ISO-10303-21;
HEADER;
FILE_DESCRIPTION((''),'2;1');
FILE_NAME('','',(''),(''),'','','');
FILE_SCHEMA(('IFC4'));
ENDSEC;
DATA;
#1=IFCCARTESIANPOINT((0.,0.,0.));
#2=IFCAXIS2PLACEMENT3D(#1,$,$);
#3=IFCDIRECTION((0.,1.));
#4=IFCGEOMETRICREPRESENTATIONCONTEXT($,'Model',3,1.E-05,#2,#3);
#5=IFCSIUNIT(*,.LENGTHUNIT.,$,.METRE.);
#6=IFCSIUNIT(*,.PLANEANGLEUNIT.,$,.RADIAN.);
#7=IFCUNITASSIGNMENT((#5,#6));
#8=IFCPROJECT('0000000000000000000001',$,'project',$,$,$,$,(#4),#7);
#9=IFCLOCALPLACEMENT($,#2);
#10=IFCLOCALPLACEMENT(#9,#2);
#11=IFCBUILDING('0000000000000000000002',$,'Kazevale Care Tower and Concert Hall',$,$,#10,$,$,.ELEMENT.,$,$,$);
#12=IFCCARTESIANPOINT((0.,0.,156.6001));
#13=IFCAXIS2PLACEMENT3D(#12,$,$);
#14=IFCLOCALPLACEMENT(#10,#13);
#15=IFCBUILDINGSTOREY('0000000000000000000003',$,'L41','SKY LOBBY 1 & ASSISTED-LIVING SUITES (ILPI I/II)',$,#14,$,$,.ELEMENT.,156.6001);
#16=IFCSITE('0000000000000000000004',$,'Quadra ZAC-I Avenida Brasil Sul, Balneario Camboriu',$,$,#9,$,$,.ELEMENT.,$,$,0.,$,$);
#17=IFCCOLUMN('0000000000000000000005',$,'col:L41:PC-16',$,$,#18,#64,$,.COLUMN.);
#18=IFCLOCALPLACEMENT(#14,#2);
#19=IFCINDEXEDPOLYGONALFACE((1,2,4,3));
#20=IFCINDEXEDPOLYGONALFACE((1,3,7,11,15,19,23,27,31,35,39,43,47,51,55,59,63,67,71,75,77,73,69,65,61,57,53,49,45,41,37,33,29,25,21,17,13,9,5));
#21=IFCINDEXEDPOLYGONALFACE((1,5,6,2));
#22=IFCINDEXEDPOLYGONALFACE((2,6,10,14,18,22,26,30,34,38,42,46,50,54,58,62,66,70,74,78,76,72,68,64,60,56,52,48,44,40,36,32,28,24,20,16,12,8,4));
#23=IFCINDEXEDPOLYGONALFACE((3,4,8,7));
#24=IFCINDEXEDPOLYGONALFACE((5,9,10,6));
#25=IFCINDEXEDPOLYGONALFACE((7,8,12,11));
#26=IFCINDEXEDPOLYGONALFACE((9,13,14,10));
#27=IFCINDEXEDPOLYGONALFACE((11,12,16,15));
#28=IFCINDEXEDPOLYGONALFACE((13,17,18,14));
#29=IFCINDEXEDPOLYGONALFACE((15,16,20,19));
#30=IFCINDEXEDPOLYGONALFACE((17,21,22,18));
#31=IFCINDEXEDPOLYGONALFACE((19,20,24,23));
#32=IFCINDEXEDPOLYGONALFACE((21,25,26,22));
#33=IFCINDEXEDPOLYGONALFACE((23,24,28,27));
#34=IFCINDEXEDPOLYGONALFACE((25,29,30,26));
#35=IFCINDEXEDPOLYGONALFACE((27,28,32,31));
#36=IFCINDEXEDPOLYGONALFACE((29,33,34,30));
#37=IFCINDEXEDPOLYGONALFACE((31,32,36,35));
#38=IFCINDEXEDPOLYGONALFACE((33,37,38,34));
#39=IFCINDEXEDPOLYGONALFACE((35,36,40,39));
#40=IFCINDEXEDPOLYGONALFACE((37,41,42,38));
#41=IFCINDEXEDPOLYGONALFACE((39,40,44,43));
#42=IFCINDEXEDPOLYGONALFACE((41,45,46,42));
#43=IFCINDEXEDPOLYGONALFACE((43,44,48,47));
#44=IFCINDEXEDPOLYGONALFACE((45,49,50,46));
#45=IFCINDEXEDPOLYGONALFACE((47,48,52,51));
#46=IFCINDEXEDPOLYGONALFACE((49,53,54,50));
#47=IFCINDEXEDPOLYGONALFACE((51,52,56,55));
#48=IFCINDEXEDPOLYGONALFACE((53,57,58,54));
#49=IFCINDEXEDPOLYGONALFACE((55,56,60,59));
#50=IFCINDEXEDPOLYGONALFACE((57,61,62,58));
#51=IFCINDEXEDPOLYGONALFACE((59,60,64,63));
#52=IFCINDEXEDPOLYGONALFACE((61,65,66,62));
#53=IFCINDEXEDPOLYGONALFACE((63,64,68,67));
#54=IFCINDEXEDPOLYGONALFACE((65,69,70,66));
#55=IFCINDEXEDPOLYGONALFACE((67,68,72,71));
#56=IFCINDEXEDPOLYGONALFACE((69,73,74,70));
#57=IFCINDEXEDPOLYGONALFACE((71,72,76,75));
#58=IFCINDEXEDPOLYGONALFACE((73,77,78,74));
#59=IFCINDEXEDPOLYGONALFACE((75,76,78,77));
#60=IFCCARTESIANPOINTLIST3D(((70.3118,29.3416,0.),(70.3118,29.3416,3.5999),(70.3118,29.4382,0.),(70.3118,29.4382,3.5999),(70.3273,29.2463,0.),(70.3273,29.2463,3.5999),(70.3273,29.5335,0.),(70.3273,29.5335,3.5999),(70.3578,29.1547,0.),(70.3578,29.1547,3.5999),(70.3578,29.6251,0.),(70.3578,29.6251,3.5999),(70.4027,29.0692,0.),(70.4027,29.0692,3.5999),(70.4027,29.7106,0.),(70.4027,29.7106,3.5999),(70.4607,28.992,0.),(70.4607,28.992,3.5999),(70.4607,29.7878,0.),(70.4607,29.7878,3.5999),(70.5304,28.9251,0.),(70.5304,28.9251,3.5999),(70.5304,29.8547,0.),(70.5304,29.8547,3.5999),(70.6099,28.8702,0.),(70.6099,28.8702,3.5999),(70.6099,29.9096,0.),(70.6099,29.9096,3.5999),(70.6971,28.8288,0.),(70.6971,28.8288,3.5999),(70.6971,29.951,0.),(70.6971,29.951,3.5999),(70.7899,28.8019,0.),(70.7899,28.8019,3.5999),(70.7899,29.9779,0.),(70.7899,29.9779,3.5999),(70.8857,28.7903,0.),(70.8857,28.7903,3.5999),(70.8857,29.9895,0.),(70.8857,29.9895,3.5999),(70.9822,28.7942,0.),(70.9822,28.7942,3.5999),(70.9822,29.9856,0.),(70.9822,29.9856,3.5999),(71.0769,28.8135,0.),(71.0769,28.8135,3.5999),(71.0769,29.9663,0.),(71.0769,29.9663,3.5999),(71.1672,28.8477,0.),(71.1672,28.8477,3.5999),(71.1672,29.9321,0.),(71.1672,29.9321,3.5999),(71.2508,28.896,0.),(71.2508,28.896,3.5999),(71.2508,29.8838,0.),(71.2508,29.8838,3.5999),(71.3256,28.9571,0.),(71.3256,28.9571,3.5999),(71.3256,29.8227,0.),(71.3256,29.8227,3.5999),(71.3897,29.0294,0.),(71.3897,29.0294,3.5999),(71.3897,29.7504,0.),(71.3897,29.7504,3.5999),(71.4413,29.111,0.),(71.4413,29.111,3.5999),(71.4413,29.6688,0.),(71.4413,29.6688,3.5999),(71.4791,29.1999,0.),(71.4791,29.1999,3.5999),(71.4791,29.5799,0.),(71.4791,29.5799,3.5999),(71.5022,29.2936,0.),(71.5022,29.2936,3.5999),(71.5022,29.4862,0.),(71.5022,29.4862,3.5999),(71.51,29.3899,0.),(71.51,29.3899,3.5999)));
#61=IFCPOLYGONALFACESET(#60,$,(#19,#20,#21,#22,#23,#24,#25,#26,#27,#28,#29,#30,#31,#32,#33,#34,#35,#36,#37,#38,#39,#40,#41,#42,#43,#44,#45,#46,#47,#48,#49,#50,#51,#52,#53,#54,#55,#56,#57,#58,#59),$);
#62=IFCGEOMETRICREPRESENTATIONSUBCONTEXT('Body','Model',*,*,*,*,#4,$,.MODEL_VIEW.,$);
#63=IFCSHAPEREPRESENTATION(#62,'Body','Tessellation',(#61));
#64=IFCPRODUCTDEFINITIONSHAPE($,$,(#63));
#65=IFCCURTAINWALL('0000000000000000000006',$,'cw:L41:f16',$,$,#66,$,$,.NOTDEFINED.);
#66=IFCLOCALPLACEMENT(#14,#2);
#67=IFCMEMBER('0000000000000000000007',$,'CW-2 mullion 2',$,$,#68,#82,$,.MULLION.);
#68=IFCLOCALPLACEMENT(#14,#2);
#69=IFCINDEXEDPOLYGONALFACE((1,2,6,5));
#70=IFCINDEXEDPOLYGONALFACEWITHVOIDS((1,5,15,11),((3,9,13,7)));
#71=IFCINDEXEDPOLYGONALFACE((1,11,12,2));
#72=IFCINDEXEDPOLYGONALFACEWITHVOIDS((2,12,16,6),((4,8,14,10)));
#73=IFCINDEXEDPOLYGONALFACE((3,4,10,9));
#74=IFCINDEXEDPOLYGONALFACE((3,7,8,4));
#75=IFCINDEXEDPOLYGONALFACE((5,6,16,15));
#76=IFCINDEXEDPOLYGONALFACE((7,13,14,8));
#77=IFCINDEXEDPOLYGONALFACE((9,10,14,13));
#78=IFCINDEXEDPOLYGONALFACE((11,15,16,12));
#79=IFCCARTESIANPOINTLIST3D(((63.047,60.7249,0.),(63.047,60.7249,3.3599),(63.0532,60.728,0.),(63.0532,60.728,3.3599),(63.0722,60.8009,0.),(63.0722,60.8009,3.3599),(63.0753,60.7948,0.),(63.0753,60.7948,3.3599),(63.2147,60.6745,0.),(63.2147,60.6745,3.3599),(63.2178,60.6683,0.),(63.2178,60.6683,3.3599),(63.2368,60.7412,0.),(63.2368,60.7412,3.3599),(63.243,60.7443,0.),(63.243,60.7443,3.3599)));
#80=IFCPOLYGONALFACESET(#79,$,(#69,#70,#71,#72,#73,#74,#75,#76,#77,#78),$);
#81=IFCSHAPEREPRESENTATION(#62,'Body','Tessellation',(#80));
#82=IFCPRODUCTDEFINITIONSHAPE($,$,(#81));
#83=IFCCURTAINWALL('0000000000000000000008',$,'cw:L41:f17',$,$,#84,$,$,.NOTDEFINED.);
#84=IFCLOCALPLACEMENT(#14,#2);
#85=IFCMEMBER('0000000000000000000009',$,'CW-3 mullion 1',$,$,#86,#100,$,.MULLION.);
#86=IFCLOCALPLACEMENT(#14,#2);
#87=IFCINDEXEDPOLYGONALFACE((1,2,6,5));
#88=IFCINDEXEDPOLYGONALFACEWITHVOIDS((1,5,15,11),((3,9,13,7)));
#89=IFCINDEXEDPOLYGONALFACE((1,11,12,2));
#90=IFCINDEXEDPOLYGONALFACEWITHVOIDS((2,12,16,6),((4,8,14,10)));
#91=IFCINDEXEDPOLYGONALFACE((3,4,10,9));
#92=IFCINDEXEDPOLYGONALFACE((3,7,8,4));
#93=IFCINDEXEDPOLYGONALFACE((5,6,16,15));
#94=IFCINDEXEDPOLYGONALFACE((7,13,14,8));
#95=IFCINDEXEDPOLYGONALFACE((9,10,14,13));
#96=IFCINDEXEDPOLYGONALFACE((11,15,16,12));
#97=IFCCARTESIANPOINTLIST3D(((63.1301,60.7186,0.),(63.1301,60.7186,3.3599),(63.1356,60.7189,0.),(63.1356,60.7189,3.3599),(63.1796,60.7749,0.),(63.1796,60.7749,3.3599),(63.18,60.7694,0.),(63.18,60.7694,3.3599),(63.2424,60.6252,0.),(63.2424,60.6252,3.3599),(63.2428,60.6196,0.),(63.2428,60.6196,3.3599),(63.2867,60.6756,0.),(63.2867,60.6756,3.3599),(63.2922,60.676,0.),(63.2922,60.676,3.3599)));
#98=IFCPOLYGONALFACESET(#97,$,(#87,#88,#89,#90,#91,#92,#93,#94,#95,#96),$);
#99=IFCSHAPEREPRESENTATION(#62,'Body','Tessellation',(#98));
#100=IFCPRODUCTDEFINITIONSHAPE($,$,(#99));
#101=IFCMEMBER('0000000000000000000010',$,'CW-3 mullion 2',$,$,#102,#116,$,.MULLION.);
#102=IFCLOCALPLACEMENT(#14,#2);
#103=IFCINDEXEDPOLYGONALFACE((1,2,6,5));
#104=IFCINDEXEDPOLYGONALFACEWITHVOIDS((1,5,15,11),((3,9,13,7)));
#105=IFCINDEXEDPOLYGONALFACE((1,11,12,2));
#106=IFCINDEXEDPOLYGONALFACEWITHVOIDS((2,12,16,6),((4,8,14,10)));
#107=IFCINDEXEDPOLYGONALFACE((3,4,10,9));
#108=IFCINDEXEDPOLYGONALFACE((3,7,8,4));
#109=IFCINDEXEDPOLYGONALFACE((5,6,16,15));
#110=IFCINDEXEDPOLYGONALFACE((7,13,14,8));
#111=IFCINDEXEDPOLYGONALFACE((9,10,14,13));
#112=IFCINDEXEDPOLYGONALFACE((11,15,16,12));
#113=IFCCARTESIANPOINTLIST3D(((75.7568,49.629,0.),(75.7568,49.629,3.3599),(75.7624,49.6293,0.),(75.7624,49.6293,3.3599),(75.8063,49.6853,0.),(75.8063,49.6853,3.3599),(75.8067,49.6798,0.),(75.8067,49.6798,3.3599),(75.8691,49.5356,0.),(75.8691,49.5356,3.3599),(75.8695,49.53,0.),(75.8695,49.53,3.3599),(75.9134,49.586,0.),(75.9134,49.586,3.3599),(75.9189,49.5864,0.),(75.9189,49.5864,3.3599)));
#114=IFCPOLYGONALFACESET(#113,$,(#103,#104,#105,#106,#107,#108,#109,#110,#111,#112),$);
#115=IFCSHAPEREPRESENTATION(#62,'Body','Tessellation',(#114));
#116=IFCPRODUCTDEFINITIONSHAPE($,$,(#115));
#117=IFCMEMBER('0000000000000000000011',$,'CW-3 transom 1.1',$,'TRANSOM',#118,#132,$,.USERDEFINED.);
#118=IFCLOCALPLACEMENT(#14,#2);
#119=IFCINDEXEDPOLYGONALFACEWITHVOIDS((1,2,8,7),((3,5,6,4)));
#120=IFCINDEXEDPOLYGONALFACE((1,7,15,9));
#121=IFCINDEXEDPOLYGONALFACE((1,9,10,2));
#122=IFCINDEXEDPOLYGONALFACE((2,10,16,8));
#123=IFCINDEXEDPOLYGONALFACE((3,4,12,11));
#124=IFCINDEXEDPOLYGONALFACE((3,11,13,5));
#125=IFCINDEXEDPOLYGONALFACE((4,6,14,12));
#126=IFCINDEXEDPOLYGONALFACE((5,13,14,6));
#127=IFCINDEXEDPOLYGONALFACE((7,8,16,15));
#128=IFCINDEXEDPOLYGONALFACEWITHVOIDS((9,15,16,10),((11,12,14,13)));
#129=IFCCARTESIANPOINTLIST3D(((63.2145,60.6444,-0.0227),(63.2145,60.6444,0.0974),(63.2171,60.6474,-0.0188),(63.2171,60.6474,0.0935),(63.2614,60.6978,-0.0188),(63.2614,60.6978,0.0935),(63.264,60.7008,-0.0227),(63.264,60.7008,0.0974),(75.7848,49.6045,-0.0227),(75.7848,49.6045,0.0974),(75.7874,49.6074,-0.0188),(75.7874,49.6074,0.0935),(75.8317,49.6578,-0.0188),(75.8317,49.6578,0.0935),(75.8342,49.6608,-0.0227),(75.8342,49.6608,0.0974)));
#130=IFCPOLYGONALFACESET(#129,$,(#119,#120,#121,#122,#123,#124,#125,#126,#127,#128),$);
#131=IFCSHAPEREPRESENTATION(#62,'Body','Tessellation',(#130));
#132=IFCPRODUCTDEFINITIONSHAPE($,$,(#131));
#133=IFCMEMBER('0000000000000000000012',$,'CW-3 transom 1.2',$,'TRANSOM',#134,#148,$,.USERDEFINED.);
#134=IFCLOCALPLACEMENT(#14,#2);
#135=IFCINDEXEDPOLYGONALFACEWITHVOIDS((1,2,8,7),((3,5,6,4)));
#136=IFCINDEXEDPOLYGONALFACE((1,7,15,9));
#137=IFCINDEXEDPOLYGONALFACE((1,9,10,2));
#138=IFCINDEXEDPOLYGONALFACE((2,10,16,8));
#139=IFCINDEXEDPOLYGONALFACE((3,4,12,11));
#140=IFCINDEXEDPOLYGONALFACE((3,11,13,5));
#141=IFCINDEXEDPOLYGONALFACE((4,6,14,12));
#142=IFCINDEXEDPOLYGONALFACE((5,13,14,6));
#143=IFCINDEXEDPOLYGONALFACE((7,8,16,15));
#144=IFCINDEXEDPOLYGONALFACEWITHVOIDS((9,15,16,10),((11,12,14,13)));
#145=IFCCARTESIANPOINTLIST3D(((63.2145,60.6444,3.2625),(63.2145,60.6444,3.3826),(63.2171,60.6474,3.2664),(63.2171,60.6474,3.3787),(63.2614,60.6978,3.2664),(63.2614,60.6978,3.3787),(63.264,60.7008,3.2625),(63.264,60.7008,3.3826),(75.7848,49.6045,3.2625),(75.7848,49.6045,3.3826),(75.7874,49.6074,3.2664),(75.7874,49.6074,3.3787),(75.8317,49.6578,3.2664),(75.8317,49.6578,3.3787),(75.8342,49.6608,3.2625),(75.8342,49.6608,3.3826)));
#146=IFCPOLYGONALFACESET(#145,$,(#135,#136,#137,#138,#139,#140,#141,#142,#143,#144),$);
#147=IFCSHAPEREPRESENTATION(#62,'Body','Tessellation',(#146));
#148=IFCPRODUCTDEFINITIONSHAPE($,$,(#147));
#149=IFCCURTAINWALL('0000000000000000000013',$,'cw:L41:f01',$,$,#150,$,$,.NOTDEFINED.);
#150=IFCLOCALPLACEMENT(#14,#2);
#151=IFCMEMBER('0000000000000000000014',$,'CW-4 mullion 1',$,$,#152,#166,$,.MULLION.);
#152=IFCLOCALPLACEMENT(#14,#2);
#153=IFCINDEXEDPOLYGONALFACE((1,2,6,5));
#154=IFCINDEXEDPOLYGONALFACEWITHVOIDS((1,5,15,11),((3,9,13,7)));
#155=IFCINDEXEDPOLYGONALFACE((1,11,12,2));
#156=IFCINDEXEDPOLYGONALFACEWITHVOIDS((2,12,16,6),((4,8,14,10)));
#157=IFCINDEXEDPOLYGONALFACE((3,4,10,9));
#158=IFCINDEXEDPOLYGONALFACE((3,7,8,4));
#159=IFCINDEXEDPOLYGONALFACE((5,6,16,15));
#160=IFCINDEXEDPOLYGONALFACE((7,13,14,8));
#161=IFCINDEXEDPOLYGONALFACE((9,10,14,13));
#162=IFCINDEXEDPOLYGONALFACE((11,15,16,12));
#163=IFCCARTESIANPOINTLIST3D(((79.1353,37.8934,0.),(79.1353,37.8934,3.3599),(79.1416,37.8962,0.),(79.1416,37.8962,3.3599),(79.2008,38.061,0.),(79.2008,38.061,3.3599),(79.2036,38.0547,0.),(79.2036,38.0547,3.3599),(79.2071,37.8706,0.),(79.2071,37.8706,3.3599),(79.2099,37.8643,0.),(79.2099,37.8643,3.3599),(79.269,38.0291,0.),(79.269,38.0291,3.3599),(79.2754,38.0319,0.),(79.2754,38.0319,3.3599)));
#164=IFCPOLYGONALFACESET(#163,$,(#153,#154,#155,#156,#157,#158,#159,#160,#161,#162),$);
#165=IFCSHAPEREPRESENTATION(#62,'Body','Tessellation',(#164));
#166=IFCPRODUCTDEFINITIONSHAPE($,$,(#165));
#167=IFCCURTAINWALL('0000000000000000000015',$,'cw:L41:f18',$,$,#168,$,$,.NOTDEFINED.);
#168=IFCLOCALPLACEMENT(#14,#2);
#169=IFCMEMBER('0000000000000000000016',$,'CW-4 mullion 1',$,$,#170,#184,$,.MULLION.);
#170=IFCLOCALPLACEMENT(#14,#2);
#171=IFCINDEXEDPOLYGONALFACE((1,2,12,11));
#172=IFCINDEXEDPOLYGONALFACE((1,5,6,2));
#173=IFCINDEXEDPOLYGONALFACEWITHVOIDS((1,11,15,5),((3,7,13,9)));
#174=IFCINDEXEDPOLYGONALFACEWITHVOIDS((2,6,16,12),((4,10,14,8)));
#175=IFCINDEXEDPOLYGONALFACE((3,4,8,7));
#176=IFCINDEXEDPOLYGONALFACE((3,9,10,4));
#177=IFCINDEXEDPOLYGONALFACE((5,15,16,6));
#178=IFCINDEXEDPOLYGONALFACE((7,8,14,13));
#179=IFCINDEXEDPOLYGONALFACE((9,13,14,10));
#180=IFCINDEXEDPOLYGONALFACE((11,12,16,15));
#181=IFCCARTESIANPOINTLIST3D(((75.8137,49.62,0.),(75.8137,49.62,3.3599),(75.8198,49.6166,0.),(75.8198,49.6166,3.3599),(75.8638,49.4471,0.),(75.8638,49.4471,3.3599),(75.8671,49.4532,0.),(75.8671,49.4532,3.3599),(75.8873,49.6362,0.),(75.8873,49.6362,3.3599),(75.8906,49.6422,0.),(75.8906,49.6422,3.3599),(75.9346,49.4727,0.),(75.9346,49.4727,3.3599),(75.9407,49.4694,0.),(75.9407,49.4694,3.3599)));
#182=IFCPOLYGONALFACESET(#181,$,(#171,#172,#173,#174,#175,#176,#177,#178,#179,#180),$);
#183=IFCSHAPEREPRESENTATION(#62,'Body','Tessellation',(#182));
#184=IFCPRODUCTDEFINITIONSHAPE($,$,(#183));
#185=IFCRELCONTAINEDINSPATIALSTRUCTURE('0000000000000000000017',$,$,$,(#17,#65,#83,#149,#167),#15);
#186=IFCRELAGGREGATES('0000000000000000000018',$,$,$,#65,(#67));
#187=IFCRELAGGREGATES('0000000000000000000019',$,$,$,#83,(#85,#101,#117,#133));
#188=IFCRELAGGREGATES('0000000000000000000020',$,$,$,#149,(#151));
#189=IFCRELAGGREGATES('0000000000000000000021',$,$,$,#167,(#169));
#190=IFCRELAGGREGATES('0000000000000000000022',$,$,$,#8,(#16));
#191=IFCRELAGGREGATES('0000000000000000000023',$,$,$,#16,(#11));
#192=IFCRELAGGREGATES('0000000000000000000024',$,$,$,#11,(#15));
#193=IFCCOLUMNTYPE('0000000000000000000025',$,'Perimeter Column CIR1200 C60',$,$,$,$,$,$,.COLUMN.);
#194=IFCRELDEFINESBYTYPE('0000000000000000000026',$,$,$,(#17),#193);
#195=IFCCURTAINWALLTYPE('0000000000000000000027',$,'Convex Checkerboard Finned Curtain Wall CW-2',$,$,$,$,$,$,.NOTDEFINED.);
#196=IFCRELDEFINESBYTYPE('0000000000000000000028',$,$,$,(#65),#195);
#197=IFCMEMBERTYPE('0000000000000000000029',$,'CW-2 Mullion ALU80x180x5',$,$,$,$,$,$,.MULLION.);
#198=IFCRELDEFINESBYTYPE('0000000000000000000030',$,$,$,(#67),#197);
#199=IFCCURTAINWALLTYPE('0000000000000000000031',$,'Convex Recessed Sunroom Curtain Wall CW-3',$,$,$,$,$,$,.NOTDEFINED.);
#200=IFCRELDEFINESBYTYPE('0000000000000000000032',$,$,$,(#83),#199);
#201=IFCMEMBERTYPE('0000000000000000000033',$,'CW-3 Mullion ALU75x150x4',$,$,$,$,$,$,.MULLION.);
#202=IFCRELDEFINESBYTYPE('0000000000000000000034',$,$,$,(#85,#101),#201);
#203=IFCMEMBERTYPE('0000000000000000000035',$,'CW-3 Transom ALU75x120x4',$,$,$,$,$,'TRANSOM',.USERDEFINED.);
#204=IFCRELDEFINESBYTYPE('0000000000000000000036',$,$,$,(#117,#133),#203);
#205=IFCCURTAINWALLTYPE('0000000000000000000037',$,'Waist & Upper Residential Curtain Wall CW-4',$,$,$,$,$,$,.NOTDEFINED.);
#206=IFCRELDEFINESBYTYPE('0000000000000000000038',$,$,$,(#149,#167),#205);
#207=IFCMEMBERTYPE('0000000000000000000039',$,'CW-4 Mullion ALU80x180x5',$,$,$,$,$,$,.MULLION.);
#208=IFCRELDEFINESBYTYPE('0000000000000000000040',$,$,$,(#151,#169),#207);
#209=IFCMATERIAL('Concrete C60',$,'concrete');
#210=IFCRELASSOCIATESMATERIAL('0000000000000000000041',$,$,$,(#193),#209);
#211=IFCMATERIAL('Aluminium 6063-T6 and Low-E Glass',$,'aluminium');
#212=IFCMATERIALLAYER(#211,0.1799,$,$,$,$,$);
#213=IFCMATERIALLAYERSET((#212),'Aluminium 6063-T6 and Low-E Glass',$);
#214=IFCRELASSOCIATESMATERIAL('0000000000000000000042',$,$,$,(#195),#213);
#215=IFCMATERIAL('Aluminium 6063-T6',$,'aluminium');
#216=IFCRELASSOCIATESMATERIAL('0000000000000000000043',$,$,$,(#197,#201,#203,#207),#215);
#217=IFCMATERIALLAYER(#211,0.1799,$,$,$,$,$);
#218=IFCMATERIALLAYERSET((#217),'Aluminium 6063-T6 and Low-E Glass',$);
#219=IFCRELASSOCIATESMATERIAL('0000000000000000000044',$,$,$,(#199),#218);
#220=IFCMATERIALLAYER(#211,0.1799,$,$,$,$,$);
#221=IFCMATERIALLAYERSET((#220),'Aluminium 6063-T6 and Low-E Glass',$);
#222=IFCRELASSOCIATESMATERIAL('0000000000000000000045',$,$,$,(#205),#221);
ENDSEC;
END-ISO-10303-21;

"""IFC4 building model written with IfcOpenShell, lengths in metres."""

from ifc_helpers import new_model, si_unit, direction, frame, origin, origin_2d, place, context, subcontext, project, spatial, hollow_rectangle, circle, extrude, material, layer, layer_set, material_profile, profile_set, type_object, element, aggregate, save


model = new_model("IFC4")

# Units and contexts
model_context = context("Model", 3, precision=1e-05, world=origin(), true_north=direction((0.0, 1.0)))
body_context = subcontext(model_context, "Body", "Model", "MODEL_VIEW")
ifc_project = project(units=[si_unit("LENGTHUNIT", "METRE"), si_unit("PLANEANGLEUNIT", "RADIAN")], contexts=[model_context])

# Site, building, storey
site_placement = place(None, origin())
site = spatial("IfcSite", under=ifc_project, at=site_placement, Name="Quadra ZAC-I Avenida Brasil Sul, Balneario Camboriu", CompositionType="ELEMENT", RefElevation=0.0)
building_placement = place(site_placement, origin())
building = spatial("IfcBuilding", under=site, at=building_placement, Name="Kazevale Care Tower and Concert Hall", CompositionType="ELEMENT")
storey_placement = place(building_placement, frame((0.0, 0.0, 156.6001)))
storey = spatial("IfcBuildingStorey", under=building, at=storey_placement, Name="L41", Description="SKY LOBBY 1 & ASSISTED-LIVING SUITES (ILPI I/II)", CompositionType="ELEMENT", Elevation=156.6001)

# Column
ifc_material_1 = material(Name="Concrete C60", Category="concrete")
ifc_material_profile_1 = material_profile(ifc_material_1, circle(Radius=0.6001, at=origin_2d()), Name="RC-CIR1200")
ifc_profile_set_1 = profile_set([ifc_material_profile_1], Name="Concrete C60")
column_type = type_object("IfcColumnType", Name="Perimeter Column CIR1200 C60", PredefinedType="COLUMN", material=ifc_profile_set_1)
for number, where, z_axis, x_axis, name in (
    (1, (70.9099, 29.3899, 0.0), (0.0, 0.0, 1.0), (1.0, 0.0, 0.0), "col:L41:PC-16"),
):
    element("IfcColumn", number, at=place(storey_placement, frame(where, z_axis=z_axis, x_axis=x_axis)), inside=storey, type_object=column_type, Name=name, PredefinedType="COLUMN", context=body_context, shape_type="SweptSolid", body=[
        extrude(circle(Radius=0.6001, at=origin_2d()), origin(), (0.0, 0.0, 1.0), 3.5999),
    ])

# Curtain wall, member
ifc_material_2 = material(Name="Aluminium 6063-T6 and Low-E Glass", Category="aluminium")
ifc_layer_1 = layer(ifc_material_2, 0.1799)
ifc_layer_set_1 = layer_set([ifc_layer_1], Name="Aluminium 6063-T6 and Low-E Glass")
curtain_wall_type_1 = type_object("IfcCurtainWallType", Name="Convex Checkerboard Finned Curtain Wall CW-2", PredefinedType="NOTDEFINED", material=ifc_layer_set_1)
curtain_wall_1_placement = place(storey_placement, origin())
curtain_wall_1 = element("IfcCurtainWall", 2, at=curtain_wall_1_placement, inside=storey, type_object=curtain_wall_type_1, Name="cw:L41:f16", PredefinedType="NOTDEFINED")
ifc_material_3 = material(Name="Aluminium 6063-T6", Category="aluminium")
ifc_material_profile_2 = material_profile(ifc_material_3, hollow_rectangle(XDim=0.0801, YDim=0.1799, WallThickness=0.0049, at=origin_2d()), Name="ALU80x180x5")
ifc_profile_set_2 = profile_set([ifc_material_profile_2], Name="Aluminium 6063-T6")
member_type_1 = type_object("IfcMemberType", Name="CW-2 Mullion ALU80x180x5", PredefinedType="MULLION", material=ifc_profile_set_2)
member_1_placement = place(storey_placement, frame((63.145, 60.7346, 0.0), z_axis=(0.0, 0.0, 1.0), x_axis=(0.314868, 0.949135, 0.0)))
member_1 = element("IfcMember", 3, at=member_1_placement, type_object=member_type_1, Name="CW-2 mullion 2", PredefinedType="MULLION", context=body_context, shape_type="SweptSolid", body=[
    extrude(hollow_rectangle(XDim=0.0801, YDim=0.1799, WallThickness=0.0049, at=origin_2d()), origin(), (0.0, 0.0, 1.0), 3.3599),
])
aggregate(curtain_wall_1, [member_1])

# Curtain wall, members
ifc_layer_2 = layer(ifc_material_2, 0.1799)
ifc_layer_set_2 = layer_set([ifc_layer_2], Name="Aluminium 6063-T6 and Low-E Glass")
curtain_wall_type_2 = type_object("IfcCurtainWallType", Name="Convex Recessed Sunroom Curtain Wall CW-3", PredefinedType="NOTDEFINED", material=ifc_layer_set_2)
curtain_wall_2_placement = place(storey_placement, origin())
curtain_wall_2 = element("IfcCurtainWall", 4, at=curtain_wall_2_placement, inside=storey, type_object=curtain_wall_type_2, Name="cw:L41:f17", PredefinedType="NOTDEFINED")
ifc_material_profile_3 = material_profile(ifc_material_3, hollow_rectangle(XDim=0.075, YDim=0.1499, WallThickness=0.0039, at=origin_2d()), Name="ALU75x150x4")
ifc_profile_set_3 = profile_set([ifc_material_profile_3], Name="Aluminium 6063-T6")
member_type_2 = type_object("IfcMemberType", Name="CW-3 Mullion ALU75x150x4", PredefinedType="MULLION", material=ifc_profile_set_3)
member_2_placement = place(storey_placement, frame((63.2112, 60.6973, 0.0), z_axis=(0.0, 0.0, 1.0), x_axis=(0.659892, 0.751361, 0.0)))
member_2 = element("IfcMember", 5, at=member_2_placement, type_object=member_type_2, Name="CW-3 mullion 1", PredefinedType="MULLION", context=body_context, shape_type="SweptSolid", body=[
    extrude(hollow_rectangle(XDim=0.075, YDim=0.1499, WallThickness=0.0039, at=origin_2d()), origin(), (0.0, 0.0, 1.0), 3.3599),
])
member_3_placement = place(storey_placement, frame((75.8379, 49.6077, 0.0), z_axis=(0.0, 0.0, 1.0), x_axis=(0.659892, 0.751361, 0.0)))
member_3 = element("IfcMember", 6, at=member_3_placement, type_object=member_type_2, Name="CW-3 mullion 2", PredefinedType="MULLION", context=body_context, shape_type="SweptSolid", body=[
    extrude(hollow_rectangle(XDim=0.075, YDim=0.1499, WallThickness=0.0039, at=origin_2d()), origin(), (0.0, 0.0, 1.0), 3.3599),
])
ifc_material_profile_4 = material_profile(ifc_material_3, hollow_rectangle(XDim=0.075, YDim=0.1201, WallThickness=0.0039, at=origin_2d()), Name="ALU75x120x4")
ifc_profile_set_4 = profile_set([ifc_material_profile_4], Name="Aluminium 6063-T6")
member_type_3 = type_object("IfcMemberType", Name="CW-3 Transom ALU75x120x4", ElementType="TRANSOM", PredefinedType="USERDEFINED", material=ifc_profile_set_4)
member_4_placement = place(storey_placement, frame((63.2393, 60.6726, 0.0374), z_axis=(0.75136, -0.659892, 0.0), x_axis=(0.659892, 0.75136, 0.0)))
member_4 = element("IfcMember", 7, at=member_4_placement, type_object=member_type_3, Name="CW-3 transom 1.1", ObjectType="TRANSOM", PredefinedType="USERDEFINED", context=body_context, shape_type="SweptSolid", body=[
    extrude(hollow_rectangle(XDim=0.075, YDim=0.1201, WallThickness=0.0039, at=origin_2d()), origin(), (0.0, 0.0, 1.0), 16.73),
])
member_5_placement = place(storey_placement, frame((63.2393, 60.6726, 3.3225), z_axis=(0.75136, -0.659892, 0.0), x_axis=(0.659892, 0.75136, 0.0)))
member_5 = element("IfcMember", 8, at=member_5_placement, type_object=member_type_3, Name="CW-3 transom 1.2", ObjectType="TRANSOM", PredefinedType="USERDEFINED", context=body_context, shape_type="SweptSolid", body=[
    extrude(hollow_rectangle(XDim=0.075, YDim=0.1201, WallThickness=0.0039, at=origin_2d()), origin(), (0.0, 0.0, 1.0), 16.73),
])

# Curtain wall, member
ifc_layer_3 = layer(ifc_material_2, 0.1799)
ifc_layer_set_3 = layer_set([ifc_layer_3], Name="Aluminium 6063-T6 and Low-E Glass")
curtain_wall_type_3 = type_object("IfcCurtainWallType", Name="Waist & Upper Residential Curtain Wall CW-4", PredefinedType="NOTDEFINED", material=ifc_layer_set_3)
curtain_wall_3_placement = place(storey_placement, origin())
curtain_wall_3 = element("IfcCurtainWall", 9, at=curtain_wall_3_placement, inside=storey, type_object=curtain_wall_type_3, Name="cw:L41:f01", PredefinedType="NOTDEFINED")
ifc_material_profile_5 = material_profile(ifc_material_3, hollow_rectangle(XDim=0.0801, YDim=0.1799, WallThickness=0.0049, at=origin_2d()), Name="ALU80x180x5")
ifc_profile_set_5 = profile_set([ifc_material_profile_5], Name="Aluminium 6063-T6")
member_type_4 = type_object("IfcMemberType", Name="CW-4 Mullion ALU80x180x5", PredefinedType="MULLION", material=ifc_profile_set_5)
member_6_placement = place(storey_placement, frame((79.2053, 37.9626, 0.0), z_axis=(0.0, 0.0, 1.0), x_axis=(0.931352, -0.364121, 0.0)))
member_6 = element("IfcMember", 10, at=member_6_placement, type_object=member_type_4, Name="CW-4 mullion 1", PredefinedType="MULLION", context=body_context, shape_type="SweptSolid", body=[
    extrude(hollow_rectangle(XDim=0.0801, YDim=0.1799, WallThickness=0.0049, at=origin_2d()), origin(), (0.0, 0.0, 1.0), 3.3599),
])

# Curtain wall, member
curtain_wall_4_placement = place(storey_placement, origin())
curtain_wall_4 = element("IfcCurtainWall", 11, at=curtain_wall_4_placement, inside=storey, type_object=curtain_wall_type_3, Name="cw:L41:f18", PredefinedType="NOTDEFINED")
member_7_placement = place(storey_placement, frame((75.8772, 49.5447, 0.0), z_axis=(0.0, 0.0, 1.0), x_axis=(0.960542, 0.278137, 0.0)))
member_7 = element("IfcMember", 12, at=member_7_placement, type_object=member_type_4, Name="CW-4 mullion 1", PredefinedType="MULLION", context=body_context, shape_type="SweptSolid", body=[
    extrude(hollow_rectangle(XDim=0.0801, YDim=0.1799, WallThickness=0.0049, at=origin_2d()), origin(), (0.0, 0.0, 1.0), 3.3599),
])

aggregate(curtain_wall_2, [member_2, member_3, member_4, member_5])
aggregate(curtain_wall_3, [member_6])
aggregate(curtain_wall_4, [member_7])

save(model, "model.ifc")
